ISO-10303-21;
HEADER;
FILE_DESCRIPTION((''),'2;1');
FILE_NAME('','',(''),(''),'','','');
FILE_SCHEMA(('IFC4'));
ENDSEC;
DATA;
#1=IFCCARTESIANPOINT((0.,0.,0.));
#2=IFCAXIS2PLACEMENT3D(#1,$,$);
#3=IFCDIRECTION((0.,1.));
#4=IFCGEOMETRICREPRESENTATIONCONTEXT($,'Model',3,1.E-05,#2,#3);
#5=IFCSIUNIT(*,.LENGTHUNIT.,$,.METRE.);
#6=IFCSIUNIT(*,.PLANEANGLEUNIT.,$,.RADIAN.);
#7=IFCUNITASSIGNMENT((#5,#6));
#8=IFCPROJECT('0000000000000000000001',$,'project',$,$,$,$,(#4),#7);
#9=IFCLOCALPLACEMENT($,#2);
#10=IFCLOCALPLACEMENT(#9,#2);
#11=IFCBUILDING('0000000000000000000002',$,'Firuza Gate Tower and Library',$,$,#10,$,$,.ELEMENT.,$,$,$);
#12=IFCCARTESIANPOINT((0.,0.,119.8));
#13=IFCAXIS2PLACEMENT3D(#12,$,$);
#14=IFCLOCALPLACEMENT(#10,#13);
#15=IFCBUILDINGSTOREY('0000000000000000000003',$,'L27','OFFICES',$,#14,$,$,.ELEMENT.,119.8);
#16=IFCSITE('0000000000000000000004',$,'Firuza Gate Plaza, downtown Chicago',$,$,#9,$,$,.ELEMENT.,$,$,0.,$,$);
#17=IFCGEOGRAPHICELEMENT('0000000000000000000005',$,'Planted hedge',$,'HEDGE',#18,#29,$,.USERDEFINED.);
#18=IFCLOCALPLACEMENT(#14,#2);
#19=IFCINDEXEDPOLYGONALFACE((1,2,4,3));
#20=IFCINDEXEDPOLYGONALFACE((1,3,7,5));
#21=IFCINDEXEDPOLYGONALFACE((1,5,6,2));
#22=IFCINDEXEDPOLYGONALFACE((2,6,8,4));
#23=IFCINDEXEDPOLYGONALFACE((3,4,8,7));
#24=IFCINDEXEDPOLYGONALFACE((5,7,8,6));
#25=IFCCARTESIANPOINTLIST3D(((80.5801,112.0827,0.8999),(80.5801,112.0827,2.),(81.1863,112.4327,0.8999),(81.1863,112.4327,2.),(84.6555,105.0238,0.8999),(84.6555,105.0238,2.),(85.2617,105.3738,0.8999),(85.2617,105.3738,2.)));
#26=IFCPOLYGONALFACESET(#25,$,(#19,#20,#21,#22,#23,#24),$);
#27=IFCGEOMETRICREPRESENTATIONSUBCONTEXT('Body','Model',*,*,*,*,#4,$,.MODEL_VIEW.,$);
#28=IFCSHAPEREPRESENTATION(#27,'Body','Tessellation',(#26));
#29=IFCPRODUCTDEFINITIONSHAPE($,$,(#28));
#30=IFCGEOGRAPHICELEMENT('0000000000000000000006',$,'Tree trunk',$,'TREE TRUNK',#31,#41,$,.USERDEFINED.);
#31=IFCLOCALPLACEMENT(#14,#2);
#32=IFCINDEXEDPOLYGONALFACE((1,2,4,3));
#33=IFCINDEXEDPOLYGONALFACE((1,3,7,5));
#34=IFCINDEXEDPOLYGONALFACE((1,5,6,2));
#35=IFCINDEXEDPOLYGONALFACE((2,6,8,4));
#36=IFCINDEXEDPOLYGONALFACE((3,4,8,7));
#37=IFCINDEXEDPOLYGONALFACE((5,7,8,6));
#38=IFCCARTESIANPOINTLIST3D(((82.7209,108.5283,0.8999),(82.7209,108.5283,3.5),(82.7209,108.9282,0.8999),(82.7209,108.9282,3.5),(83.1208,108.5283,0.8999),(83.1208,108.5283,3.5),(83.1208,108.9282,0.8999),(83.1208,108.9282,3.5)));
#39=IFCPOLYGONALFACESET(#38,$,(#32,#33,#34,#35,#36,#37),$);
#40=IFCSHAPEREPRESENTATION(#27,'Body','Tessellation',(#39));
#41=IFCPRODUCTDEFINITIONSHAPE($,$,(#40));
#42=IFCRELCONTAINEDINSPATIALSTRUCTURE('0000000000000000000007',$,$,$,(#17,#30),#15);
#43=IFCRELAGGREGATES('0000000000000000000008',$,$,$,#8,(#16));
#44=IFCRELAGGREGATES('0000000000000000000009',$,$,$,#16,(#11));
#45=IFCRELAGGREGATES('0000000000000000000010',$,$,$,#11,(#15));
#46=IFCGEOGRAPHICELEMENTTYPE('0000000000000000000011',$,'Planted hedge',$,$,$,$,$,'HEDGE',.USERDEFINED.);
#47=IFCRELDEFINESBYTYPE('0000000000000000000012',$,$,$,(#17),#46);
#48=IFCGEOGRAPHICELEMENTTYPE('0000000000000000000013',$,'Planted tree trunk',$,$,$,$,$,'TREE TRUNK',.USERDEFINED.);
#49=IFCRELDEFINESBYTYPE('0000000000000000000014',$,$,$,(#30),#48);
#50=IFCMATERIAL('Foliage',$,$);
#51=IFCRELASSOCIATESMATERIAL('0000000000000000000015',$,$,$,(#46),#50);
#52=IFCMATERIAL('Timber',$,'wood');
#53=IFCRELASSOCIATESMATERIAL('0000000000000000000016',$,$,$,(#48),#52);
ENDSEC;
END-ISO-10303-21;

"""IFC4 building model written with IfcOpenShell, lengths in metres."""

from ifc_helpers import new_model, si_unit, direction, frame, origin, origin_2d, place, context, subcontext, project, spatial, rectangle, extrude, material, type_object, element, save


model = new_model("IFC4")

# Units and contexts
model_context = context("Model", 3, precision=1e-05, world=origin(), true_north=direction((0.0, 1.0)))
body_context = subcontext(model_context, "Body", "Model", "MODEL_VIEW")
ifc_project = project(units=[si_unit("LENGTHUNIT", "METRE"), si_unit("PLANEANGLEUNIT", "RADIAN")], contexts=[model_context])

# Site, building, storey
site_placement = place(None, origin())
site = spatial("IfcSite", under=ifc_project, at=site_placement, Name="Firuza Gate Plaza, downtown Chicago", CompositionType="ELEMENT", RefElevation=0.0)
building_placement = place(site_placement, origin())
building = spatial("IfcBuilding", under=site, at=building_placement, Name="Firuza Gate Tower and Library", CompositionType="ELEMENT")
storey_placement = place(building_placement, frame((0.0, 0.0, 119.8)))
storey = spatial("IfcBuildingStorey", under=building, at=storey_placement, Name="L27", Description="OFFICES", CompositionType="ELEMENT", Elevation=119.8)

# Geographic elements
ifc_material_1 = material(Name="Foliage")
geographic_element_type_1 = type_object("IfcGeographicElementType", Name="Planted hedge", ElementType="HEDGE", PredefinedType="USERDEFINED", material=ifc_material_1)
geographic_element_1_placement = place(storey_placement, frame((82.9209, 108.7283, 0.8999), z_axis=(0.0, 0.0, 1.0), x_axis=(-0.5, 0.866025, 0.0)))
element("IfcGeographicElement", 1, at=geographic_element_1_placement, inside=storey, type_object=geographic_element_type_1, Name="Planted hedge", ObjectType="HEDGE", PredefinedType="USERDEFINED", context=body_context, shape_type="SweptSolid", body=[
    extrude(rectangle(XDim=8.1509, YDim=0.7, at=origin_2d()), origin(), (0.0, 0.0, 1.0), 1.1001),
])
ifc_material_2 = material(Name="Timber", Category="wood")
geographic_element_type_2 = type_object("IfcGeographicElementType", Name="Planted tree trunk", ElementType="TREE TRUNK", PredefinedType="USERDEFINED", material=ifc_material_2)
geographic_element_2_placement = place(storey_placement, frame((82.9209, 108.7283, 0.8999), z_axis=(0.0, 0.0, 1.0), x_axis=(1.0, 0.0, 0.0)))
element("IfcGeographicElement", 2, at=geographic_element_2_placement, inside=storey, type_object=geographic_element_type_2, Name="Tree trunk", ObjectType="TREE TRUNK", PredefinedType="USERDEFINED", context=body_context, shape_type="SweptSolid", body=[
    extrude(rectangle(XDim=0.3999, YDim=0.3999, at=origin_2d()), origin(), (0.0, 0.0, 1.0), 2.6001),
])

save(model, "model.ifc")
